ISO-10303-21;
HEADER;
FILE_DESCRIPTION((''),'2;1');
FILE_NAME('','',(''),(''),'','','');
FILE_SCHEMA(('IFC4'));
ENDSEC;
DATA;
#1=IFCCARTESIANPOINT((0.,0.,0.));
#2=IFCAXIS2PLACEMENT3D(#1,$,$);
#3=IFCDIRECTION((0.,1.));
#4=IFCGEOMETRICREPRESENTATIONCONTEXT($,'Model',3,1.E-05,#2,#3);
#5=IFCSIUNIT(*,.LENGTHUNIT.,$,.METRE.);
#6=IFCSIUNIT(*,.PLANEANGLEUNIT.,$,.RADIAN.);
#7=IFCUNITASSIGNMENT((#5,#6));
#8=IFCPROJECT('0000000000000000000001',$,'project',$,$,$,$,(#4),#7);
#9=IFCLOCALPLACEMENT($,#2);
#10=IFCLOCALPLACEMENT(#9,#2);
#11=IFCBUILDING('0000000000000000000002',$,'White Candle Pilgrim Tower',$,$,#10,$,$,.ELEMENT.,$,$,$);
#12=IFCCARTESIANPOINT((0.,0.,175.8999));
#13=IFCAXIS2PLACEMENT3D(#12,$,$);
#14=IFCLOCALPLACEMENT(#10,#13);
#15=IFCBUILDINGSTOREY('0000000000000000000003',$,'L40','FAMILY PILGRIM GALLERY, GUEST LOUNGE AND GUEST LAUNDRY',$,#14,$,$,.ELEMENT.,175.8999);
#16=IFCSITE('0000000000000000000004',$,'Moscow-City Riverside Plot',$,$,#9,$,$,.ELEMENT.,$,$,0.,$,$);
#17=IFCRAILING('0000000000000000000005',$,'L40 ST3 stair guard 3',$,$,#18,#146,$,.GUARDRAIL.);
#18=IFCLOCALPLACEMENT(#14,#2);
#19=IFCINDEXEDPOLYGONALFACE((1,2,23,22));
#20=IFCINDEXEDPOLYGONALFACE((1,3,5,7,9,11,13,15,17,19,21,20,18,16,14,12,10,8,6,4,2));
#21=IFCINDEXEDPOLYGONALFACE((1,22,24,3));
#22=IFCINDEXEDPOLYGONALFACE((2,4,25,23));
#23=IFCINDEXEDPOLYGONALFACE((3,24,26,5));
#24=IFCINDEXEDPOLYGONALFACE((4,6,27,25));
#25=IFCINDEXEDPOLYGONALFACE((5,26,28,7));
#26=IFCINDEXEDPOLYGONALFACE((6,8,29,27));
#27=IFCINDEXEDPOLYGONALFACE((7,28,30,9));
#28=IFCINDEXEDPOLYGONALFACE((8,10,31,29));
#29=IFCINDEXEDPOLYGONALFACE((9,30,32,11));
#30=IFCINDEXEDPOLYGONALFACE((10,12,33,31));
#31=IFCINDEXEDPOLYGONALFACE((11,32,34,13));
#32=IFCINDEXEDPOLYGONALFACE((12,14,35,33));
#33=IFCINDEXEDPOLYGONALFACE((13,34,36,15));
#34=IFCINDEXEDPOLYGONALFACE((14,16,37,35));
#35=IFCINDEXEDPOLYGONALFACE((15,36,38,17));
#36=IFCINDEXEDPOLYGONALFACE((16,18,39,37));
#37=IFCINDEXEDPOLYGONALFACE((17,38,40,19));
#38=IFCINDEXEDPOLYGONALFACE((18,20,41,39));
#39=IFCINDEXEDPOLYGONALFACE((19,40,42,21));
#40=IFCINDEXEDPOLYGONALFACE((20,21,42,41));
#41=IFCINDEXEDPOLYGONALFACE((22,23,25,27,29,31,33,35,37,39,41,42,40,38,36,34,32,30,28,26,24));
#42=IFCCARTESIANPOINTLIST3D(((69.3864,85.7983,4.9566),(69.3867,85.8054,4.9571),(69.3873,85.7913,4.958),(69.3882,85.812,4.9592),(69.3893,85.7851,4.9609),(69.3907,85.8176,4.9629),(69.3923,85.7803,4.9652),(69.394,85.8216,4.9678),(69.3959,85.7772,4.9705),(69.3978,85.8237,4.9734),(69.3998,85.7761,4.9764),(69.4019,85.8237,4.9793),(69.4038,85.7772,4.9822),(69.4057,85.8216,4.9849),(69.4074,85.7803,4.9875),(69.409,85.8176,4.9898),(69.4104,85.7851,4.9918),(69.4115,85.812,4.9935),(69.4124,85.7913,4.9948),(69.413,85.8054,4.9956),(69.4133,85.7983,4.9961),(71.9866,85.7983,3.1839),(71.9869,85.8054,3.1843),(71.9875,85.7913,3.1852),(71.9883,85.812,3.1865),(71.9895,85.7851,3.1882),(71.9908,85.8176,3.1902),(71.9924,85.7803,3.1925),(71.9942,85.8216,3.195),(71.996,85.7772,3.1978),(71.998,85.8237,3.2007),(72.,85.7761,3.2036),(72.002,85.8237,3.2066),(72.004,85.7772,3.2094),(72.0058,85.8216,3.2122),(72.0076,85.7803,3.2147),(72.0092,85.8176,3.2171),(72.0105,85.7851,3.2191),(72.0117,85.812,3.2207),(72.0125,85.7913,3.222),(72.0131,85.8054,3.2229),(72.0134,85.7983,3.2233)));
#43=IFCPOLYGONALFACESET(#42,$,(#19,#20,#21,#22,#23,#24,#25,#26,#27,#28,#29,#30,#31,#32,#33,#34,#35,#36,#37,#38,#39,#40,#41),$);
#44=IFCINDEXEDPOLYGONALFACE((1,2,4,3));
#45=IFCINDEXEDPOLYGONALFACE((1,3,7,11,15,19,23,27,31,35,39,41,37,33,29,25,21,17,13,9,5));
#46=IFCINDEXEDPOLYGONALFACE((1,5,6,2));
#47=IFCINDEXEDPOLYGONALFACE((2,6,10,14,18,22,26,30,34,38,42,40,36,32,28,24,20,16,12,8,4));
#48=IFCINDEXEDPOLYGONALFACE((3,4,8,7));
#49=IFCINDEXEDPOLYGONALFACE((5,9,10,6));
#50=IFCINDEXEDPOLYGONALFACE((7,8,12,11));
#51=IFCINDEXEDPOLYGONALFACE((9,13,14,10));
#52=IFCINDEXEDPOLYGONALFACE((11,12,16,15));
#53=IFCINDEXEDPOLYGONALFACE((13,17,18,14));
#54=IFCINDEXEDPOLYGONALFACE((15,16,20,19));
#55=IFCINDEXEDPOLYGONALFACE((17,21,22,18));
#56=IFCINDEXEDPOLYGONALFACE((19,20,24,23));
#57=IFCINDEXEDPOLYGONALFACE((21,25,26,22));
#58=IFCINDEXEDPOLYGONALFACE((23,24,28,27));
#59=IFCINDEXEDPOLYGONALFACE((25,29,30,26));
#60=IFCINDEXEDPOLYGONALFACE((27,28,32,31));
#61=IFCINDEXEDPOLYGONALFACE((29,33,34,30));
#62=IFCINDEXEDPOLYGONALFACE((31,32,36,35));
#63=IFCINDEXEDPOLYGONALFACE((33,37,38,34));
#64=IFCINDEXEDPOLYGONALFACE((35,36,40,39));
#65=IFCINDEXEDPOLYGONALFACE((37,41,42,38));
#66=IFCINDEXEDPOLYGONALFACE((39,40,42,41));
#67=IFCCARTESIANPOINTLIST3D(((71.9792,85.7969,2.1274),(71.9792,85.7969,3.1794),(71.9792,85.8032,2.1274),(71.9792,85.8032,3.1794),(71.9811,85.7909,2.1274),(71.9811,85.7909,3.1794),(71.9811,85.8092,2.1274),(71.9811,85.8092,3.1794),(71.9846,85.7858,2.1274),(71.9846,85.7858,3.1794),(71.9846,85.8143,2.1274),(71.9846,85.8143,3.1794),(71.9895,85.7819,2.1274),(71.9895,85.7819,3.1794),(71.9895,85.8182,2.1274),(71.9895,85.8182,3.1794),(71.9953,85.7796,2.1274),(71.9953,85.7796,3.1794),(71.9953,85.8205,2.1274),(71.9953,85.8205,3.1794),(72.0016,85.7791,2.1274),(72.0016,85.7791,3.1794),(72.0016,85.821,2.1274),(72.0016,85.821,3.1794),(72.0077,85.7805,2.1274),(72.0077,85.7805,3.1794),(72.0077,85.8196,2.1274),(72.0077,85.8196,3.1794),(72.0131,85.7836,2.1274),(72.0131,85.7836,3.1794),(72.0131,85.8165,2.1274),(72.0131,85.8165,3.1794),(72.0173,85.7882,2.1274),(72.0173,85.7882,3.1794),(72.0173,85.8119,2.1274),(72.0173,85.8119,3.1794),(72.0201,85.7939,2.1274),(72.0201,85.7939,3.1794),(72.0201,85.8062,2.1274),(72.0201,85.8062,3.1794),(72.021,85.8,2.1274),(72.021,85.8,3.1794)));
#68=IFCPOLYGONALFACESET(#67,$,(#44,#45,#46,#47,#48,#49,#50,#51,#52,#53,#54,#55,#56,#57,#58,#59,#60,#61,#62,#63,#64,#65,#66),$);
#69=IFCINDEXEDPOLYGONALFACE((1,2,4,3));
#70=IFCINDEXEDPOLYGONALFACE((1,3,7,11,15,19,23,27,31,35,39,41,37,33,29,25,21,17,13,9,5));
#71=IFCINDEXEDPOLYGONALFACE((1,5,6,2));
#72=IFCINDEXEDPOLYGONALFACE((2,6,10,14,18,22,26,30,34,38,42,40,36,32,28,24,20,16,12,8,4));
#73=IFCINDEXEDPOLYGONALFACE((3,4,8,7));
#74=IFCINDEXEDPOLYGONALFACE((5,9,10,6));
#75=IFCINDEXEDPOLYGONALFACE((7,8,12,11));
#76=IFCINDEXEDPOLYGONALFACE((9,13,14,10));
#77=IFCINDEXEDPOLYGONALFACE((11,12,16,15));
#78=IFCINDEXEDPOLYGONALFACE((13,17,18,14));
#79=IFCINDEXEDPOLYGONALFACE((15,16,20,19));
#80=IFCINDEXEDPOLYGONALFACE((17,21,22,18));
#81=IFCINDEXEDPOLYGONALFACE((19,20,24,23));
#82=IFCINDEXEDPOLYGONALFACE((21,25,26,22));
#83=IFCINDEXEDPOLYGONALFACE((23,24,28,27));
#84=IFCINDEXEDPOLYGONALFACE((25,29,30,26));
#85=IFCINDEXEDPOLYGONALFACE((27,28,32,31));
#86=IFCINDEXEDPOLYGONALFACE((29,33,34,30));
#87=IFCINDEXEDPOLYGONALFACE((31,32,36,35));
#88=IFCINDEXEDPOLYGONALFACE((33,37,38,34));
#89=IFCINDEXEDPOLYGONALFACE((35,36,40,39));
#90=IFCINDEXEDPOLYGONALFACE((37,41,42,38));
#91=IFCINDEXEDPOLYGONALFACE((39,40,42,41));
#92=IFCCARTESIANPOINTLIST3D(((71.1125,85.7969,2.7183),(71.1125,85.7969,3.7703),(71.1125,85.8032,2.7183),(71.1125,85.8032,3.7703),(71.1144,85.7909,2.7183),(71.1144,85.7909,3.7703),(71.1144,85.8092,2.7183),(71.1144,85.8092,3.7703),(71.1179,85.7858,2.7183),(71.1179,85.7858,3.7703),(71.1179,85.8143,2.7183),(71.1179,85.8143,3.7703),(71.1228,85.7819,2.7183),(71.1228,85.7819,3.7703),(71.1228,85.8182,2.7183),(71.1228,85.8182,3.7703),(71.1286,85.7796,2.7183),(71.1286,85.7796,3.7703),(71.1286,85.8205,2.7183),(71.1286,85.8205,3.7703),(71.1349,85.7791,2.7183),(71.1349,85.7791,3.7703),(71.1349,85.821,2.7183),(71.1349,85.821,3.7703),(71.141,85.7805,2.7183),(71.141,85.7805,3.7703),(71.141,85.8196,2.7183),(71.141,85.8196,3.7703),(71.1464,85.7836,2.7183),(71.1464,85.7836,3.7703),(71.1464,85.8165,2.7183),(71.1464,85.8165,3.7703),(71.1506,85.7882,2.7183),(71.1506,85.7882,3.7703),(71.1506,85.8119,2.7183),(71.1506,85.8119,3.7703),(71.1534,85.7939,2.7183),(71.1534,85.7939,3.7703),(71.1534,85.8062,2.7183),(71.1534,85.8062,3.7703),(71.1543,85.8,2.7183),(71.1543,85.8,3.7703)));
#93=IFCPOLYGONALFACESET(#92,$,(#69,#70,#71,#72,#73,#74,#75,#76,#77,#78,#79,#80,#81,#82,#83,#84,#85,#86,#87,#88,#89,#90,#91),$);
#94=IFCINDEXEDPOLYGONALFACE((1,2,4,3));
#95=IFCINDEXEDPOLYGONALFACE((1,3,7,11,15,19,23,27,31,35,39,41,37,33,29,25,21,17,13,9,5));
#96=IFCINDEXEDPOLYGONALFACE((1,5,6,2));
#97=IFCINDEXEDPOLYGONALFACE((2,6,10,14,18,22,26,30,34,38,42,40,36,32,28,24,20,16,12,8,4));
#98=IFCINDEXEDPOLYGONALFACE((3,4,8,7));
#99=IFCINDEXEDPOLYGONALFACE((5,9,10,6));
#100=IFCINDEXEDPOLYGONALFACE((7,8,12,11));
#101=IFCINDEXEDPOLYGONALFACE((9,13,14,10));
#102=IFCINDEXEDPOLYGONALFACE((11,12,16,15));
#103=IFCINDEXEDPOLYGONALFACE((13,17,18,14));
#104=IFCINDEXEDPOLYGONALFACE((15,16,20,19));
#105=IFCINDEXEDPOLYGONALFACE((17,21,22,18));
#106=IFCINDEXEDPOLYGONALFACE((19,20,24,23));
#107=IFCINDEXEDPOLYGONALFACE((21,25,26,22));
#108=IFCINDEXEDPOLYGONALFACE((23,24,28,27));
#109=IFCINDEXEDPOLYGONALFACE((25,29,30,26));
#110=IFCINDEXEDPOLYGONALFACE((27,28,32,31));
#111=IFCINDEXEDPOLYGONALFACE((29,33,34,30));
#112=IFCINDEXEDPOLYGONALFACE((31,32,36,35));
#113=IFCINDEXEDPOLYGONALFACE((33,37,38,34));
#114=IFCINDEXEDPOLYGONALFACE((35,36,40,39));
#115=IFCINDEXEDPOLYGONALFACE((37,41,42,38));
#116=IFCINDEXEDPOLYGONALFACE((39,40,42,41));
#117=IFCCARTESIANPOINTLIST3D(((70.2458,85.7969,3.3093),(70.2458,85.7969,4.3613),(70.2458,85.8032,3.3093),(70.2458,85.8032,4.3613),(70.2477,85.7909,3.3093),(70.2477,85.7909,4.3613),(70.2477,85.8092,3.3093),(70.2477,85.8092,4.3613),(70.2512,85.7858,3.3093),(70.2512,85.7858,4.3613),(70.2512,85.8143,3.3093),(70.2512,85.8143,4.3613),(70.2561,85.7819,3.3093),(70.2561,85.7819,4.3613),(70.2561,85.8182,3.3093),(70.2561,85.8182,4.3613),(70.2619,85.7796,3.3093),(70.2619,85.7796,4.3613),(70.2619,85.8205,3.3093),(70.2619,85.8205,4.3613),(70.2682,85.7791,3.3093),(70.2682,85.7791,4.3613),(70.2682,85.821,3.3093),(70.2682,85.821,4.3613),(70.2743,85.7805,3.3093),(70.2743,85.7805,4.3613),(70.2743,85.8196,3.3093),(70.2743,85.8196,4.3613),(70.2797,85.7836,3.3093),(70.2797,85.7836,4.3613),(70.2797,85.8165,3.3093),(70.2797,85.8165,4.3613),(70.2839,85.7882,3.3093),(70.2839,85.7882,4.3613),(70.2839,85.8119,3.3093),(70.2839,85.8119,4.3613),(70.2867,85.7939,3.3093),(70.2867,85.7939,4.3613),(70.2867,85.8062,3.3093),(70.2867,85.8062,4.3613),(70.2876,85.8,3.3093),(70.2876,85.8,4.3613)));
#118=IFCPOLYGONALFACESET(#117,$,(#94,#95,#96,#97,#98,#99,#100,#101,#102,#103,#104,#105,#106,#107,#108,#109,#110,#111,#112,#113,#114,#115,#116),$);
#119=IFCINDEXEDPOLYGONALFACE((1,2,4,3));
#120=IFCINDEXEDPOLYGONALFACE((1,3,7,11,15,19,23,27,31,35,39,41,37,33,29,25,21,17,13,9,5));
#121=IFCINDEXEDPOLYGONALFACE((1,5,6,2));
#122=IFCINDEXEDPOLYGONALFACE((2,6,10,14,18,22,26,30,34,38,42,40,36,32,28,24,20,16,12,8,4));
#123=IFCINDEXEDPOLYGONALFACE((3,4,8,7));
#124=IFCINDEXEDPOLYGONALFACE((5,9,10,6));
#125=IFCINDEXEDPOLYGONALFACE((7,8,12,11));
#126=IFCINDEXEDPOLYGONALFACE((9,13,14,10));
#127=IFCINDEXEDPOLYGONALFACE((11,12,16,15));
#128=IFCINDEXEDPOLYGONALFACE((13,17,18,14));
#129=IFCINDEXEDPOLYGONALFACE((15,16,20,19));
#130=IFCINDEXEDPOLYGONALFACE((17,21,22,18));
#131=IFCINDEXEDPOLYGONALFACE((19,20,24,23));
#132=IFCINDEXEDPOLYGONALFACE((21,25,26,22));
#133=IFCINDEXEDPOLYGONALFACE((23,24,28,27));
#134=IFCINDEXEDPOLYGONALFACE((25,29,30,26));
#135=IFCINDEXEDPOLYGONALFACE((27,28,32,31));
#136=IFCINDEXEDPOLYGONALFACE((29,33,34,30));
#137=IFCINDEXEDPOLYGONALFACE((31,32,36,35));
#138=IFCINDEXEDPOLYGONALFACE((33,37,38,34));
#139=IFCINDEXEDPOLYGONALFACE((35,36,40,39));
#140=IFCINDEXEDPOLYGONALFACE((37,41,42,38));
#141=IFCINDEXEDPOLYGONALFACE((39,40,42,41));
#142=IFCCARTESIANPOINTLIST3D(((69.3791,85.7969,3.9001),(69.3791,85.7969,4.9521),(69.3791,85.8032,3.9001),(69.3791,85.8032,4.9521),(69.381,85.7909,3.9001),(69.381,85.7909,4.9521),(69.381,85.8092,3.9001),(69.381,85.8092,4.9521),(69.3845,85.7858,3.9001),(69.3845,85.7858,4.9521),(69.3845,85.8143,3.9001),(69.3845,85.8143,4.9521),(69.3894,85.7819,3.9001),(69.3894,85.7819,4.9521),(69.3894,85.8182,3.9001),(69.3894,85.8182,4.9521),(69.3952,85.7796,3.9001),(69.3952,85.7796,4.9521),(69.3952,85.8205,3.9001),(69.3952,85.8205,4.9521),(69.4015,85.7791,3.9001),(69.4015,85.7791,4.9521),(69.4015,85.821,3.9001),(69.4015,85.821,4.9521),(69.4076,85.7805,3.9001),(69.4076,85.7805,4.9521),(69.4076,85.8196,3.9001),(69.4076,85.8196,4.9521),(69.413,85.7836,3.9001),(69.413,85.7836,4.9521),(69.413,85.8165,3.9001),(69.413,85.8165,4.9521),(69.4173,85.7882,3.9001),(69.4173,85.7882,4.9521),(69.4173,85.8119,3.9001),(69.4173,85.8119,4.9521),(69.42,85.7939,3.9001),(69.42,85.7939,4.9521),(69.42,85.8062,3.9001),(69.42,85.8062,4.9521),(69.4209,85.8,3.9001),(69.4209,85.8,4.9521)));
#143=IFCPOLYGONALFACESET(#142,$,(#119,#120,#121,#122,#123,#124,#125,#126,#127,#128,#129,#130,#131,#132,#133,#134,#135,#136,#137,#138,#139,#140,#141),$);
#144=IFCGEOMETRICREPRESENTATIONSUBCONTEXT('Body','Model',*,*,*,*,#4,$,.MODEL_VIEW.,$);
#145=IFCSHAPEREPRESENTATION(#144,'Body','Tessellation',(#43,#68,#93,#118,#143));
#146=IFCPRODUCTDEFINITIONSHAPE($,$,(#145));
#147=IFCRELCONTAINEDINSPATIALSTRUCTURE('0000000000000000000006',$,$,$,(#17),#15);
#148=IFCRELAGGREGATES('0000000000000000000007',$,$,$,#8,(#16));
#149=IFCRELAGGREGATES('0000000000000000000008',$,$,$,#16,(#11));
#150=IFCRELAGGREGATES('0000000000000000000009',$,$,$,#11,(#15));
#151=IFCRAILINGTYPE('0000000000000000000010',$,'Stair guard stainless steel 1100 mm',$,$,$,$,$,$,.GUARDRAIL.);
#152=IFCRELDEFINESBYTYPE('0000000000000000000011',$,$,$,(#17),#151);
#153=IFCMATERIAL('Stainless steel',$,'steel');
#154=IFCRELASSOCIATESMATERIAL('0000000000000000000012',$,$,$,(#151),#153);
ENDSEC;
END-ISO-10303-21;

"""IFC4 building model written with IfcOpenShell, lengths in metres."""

from ifc_helpers import new_model, si_unit, direction, frame, origin, origin_2d, place, context, subcontext, project, spatial, circle, extrude, material, type_object, element, save


model = new_model("IFC4")

# Units and contexts
model_context = context("Model", 3, precision=1e-05, world=origin(), true_north=direction((0.0, 1.0)))
body_context = subcontext(model_context, "Body", "Model", "MODEL_VIEW")
ifc_project = project(units=[si_unit("LENGTHUNIT", "METRE"), si_unit("PLANEANGLEUNIT", "RADIAN")], contexts=[model_context])

# Site, building, storey
site_placement = place(None, origin())
site = spatial("IfcSite", under=ifc_project, at=site_placement, Name="Moscow-City Riverside Plot", CompositionType="ELEMENT", RefElevation=0.0)
building_placement = place(site_placement, origin())
building = spatial("IfcBuilding", under=site, at=building_placement, Name="White Candle Pilgrim Tower", CompositionType="ELEMENT")
storey_placement = place(building_placement, frame((0.0, 0.0, 175.8999)))
storey = spatial("IfcBuildingStorey", under=building, at=storey_placement, Name="L40", Description="FAMILY PILGRIM GALLERY, GUEST LOUNGE AND GUEST LAUNDRY", CompositionType="ELEMENT", Elevation=175.8999)

# Railing
ifc_material_1 = material(Name="Stainless steel", Category="steel")
railing_type_1 = type_object("IfcRailingType", Name="Stair guard stainless steel 1100 mm", PredefinedType="GUARDRAIL", material=ifc_material_1)
railing_1_placement = place(storey_placement, frame((72.0, 85.8, 2.1274)))
element("IfcRailing", 1, at=railing_1_placement, inside=storey, type_object=railing_type_1, Name="L40 ST3 stair guard 3", PredefinedType="GUARDRAIL", context=body_context, shape_type="SweptSolid", body=[
    extrude(circle(Radius=0.0239, at=origin_2d()), frame((0.0, 0.0, 1.0762), z_axis=(-0.82624, 0.0, 0.563318), x_axis=(0.0, -1.0, 0.0)), (0.0, 0.0, 1.0), 3.147),
    extrude(circle(Radius=0.021, at=origin_2d()), origin(), (0.0, 0.0, 1.0), 1.052),
    extrude(circle(Radius=0.021, at=origin_2d()), frame((-0.8667, 0.0, 0.5908)), (0.0, 0.0, 1.0), 1.052),
    extrude(circle(Radius=0.021, at=origin_2d()), frame((-1.7334, 0.0, 1.1819)), (0.0, 0.0, 1.0), 1.052),
    extrude(circle(Radius=0.021, at=origin_2d()), frame((-2.6001, 0.0, 1.7727)), (0.0, 0.0, 1.0), 1.052),
])

save(model, "model.ifc")
